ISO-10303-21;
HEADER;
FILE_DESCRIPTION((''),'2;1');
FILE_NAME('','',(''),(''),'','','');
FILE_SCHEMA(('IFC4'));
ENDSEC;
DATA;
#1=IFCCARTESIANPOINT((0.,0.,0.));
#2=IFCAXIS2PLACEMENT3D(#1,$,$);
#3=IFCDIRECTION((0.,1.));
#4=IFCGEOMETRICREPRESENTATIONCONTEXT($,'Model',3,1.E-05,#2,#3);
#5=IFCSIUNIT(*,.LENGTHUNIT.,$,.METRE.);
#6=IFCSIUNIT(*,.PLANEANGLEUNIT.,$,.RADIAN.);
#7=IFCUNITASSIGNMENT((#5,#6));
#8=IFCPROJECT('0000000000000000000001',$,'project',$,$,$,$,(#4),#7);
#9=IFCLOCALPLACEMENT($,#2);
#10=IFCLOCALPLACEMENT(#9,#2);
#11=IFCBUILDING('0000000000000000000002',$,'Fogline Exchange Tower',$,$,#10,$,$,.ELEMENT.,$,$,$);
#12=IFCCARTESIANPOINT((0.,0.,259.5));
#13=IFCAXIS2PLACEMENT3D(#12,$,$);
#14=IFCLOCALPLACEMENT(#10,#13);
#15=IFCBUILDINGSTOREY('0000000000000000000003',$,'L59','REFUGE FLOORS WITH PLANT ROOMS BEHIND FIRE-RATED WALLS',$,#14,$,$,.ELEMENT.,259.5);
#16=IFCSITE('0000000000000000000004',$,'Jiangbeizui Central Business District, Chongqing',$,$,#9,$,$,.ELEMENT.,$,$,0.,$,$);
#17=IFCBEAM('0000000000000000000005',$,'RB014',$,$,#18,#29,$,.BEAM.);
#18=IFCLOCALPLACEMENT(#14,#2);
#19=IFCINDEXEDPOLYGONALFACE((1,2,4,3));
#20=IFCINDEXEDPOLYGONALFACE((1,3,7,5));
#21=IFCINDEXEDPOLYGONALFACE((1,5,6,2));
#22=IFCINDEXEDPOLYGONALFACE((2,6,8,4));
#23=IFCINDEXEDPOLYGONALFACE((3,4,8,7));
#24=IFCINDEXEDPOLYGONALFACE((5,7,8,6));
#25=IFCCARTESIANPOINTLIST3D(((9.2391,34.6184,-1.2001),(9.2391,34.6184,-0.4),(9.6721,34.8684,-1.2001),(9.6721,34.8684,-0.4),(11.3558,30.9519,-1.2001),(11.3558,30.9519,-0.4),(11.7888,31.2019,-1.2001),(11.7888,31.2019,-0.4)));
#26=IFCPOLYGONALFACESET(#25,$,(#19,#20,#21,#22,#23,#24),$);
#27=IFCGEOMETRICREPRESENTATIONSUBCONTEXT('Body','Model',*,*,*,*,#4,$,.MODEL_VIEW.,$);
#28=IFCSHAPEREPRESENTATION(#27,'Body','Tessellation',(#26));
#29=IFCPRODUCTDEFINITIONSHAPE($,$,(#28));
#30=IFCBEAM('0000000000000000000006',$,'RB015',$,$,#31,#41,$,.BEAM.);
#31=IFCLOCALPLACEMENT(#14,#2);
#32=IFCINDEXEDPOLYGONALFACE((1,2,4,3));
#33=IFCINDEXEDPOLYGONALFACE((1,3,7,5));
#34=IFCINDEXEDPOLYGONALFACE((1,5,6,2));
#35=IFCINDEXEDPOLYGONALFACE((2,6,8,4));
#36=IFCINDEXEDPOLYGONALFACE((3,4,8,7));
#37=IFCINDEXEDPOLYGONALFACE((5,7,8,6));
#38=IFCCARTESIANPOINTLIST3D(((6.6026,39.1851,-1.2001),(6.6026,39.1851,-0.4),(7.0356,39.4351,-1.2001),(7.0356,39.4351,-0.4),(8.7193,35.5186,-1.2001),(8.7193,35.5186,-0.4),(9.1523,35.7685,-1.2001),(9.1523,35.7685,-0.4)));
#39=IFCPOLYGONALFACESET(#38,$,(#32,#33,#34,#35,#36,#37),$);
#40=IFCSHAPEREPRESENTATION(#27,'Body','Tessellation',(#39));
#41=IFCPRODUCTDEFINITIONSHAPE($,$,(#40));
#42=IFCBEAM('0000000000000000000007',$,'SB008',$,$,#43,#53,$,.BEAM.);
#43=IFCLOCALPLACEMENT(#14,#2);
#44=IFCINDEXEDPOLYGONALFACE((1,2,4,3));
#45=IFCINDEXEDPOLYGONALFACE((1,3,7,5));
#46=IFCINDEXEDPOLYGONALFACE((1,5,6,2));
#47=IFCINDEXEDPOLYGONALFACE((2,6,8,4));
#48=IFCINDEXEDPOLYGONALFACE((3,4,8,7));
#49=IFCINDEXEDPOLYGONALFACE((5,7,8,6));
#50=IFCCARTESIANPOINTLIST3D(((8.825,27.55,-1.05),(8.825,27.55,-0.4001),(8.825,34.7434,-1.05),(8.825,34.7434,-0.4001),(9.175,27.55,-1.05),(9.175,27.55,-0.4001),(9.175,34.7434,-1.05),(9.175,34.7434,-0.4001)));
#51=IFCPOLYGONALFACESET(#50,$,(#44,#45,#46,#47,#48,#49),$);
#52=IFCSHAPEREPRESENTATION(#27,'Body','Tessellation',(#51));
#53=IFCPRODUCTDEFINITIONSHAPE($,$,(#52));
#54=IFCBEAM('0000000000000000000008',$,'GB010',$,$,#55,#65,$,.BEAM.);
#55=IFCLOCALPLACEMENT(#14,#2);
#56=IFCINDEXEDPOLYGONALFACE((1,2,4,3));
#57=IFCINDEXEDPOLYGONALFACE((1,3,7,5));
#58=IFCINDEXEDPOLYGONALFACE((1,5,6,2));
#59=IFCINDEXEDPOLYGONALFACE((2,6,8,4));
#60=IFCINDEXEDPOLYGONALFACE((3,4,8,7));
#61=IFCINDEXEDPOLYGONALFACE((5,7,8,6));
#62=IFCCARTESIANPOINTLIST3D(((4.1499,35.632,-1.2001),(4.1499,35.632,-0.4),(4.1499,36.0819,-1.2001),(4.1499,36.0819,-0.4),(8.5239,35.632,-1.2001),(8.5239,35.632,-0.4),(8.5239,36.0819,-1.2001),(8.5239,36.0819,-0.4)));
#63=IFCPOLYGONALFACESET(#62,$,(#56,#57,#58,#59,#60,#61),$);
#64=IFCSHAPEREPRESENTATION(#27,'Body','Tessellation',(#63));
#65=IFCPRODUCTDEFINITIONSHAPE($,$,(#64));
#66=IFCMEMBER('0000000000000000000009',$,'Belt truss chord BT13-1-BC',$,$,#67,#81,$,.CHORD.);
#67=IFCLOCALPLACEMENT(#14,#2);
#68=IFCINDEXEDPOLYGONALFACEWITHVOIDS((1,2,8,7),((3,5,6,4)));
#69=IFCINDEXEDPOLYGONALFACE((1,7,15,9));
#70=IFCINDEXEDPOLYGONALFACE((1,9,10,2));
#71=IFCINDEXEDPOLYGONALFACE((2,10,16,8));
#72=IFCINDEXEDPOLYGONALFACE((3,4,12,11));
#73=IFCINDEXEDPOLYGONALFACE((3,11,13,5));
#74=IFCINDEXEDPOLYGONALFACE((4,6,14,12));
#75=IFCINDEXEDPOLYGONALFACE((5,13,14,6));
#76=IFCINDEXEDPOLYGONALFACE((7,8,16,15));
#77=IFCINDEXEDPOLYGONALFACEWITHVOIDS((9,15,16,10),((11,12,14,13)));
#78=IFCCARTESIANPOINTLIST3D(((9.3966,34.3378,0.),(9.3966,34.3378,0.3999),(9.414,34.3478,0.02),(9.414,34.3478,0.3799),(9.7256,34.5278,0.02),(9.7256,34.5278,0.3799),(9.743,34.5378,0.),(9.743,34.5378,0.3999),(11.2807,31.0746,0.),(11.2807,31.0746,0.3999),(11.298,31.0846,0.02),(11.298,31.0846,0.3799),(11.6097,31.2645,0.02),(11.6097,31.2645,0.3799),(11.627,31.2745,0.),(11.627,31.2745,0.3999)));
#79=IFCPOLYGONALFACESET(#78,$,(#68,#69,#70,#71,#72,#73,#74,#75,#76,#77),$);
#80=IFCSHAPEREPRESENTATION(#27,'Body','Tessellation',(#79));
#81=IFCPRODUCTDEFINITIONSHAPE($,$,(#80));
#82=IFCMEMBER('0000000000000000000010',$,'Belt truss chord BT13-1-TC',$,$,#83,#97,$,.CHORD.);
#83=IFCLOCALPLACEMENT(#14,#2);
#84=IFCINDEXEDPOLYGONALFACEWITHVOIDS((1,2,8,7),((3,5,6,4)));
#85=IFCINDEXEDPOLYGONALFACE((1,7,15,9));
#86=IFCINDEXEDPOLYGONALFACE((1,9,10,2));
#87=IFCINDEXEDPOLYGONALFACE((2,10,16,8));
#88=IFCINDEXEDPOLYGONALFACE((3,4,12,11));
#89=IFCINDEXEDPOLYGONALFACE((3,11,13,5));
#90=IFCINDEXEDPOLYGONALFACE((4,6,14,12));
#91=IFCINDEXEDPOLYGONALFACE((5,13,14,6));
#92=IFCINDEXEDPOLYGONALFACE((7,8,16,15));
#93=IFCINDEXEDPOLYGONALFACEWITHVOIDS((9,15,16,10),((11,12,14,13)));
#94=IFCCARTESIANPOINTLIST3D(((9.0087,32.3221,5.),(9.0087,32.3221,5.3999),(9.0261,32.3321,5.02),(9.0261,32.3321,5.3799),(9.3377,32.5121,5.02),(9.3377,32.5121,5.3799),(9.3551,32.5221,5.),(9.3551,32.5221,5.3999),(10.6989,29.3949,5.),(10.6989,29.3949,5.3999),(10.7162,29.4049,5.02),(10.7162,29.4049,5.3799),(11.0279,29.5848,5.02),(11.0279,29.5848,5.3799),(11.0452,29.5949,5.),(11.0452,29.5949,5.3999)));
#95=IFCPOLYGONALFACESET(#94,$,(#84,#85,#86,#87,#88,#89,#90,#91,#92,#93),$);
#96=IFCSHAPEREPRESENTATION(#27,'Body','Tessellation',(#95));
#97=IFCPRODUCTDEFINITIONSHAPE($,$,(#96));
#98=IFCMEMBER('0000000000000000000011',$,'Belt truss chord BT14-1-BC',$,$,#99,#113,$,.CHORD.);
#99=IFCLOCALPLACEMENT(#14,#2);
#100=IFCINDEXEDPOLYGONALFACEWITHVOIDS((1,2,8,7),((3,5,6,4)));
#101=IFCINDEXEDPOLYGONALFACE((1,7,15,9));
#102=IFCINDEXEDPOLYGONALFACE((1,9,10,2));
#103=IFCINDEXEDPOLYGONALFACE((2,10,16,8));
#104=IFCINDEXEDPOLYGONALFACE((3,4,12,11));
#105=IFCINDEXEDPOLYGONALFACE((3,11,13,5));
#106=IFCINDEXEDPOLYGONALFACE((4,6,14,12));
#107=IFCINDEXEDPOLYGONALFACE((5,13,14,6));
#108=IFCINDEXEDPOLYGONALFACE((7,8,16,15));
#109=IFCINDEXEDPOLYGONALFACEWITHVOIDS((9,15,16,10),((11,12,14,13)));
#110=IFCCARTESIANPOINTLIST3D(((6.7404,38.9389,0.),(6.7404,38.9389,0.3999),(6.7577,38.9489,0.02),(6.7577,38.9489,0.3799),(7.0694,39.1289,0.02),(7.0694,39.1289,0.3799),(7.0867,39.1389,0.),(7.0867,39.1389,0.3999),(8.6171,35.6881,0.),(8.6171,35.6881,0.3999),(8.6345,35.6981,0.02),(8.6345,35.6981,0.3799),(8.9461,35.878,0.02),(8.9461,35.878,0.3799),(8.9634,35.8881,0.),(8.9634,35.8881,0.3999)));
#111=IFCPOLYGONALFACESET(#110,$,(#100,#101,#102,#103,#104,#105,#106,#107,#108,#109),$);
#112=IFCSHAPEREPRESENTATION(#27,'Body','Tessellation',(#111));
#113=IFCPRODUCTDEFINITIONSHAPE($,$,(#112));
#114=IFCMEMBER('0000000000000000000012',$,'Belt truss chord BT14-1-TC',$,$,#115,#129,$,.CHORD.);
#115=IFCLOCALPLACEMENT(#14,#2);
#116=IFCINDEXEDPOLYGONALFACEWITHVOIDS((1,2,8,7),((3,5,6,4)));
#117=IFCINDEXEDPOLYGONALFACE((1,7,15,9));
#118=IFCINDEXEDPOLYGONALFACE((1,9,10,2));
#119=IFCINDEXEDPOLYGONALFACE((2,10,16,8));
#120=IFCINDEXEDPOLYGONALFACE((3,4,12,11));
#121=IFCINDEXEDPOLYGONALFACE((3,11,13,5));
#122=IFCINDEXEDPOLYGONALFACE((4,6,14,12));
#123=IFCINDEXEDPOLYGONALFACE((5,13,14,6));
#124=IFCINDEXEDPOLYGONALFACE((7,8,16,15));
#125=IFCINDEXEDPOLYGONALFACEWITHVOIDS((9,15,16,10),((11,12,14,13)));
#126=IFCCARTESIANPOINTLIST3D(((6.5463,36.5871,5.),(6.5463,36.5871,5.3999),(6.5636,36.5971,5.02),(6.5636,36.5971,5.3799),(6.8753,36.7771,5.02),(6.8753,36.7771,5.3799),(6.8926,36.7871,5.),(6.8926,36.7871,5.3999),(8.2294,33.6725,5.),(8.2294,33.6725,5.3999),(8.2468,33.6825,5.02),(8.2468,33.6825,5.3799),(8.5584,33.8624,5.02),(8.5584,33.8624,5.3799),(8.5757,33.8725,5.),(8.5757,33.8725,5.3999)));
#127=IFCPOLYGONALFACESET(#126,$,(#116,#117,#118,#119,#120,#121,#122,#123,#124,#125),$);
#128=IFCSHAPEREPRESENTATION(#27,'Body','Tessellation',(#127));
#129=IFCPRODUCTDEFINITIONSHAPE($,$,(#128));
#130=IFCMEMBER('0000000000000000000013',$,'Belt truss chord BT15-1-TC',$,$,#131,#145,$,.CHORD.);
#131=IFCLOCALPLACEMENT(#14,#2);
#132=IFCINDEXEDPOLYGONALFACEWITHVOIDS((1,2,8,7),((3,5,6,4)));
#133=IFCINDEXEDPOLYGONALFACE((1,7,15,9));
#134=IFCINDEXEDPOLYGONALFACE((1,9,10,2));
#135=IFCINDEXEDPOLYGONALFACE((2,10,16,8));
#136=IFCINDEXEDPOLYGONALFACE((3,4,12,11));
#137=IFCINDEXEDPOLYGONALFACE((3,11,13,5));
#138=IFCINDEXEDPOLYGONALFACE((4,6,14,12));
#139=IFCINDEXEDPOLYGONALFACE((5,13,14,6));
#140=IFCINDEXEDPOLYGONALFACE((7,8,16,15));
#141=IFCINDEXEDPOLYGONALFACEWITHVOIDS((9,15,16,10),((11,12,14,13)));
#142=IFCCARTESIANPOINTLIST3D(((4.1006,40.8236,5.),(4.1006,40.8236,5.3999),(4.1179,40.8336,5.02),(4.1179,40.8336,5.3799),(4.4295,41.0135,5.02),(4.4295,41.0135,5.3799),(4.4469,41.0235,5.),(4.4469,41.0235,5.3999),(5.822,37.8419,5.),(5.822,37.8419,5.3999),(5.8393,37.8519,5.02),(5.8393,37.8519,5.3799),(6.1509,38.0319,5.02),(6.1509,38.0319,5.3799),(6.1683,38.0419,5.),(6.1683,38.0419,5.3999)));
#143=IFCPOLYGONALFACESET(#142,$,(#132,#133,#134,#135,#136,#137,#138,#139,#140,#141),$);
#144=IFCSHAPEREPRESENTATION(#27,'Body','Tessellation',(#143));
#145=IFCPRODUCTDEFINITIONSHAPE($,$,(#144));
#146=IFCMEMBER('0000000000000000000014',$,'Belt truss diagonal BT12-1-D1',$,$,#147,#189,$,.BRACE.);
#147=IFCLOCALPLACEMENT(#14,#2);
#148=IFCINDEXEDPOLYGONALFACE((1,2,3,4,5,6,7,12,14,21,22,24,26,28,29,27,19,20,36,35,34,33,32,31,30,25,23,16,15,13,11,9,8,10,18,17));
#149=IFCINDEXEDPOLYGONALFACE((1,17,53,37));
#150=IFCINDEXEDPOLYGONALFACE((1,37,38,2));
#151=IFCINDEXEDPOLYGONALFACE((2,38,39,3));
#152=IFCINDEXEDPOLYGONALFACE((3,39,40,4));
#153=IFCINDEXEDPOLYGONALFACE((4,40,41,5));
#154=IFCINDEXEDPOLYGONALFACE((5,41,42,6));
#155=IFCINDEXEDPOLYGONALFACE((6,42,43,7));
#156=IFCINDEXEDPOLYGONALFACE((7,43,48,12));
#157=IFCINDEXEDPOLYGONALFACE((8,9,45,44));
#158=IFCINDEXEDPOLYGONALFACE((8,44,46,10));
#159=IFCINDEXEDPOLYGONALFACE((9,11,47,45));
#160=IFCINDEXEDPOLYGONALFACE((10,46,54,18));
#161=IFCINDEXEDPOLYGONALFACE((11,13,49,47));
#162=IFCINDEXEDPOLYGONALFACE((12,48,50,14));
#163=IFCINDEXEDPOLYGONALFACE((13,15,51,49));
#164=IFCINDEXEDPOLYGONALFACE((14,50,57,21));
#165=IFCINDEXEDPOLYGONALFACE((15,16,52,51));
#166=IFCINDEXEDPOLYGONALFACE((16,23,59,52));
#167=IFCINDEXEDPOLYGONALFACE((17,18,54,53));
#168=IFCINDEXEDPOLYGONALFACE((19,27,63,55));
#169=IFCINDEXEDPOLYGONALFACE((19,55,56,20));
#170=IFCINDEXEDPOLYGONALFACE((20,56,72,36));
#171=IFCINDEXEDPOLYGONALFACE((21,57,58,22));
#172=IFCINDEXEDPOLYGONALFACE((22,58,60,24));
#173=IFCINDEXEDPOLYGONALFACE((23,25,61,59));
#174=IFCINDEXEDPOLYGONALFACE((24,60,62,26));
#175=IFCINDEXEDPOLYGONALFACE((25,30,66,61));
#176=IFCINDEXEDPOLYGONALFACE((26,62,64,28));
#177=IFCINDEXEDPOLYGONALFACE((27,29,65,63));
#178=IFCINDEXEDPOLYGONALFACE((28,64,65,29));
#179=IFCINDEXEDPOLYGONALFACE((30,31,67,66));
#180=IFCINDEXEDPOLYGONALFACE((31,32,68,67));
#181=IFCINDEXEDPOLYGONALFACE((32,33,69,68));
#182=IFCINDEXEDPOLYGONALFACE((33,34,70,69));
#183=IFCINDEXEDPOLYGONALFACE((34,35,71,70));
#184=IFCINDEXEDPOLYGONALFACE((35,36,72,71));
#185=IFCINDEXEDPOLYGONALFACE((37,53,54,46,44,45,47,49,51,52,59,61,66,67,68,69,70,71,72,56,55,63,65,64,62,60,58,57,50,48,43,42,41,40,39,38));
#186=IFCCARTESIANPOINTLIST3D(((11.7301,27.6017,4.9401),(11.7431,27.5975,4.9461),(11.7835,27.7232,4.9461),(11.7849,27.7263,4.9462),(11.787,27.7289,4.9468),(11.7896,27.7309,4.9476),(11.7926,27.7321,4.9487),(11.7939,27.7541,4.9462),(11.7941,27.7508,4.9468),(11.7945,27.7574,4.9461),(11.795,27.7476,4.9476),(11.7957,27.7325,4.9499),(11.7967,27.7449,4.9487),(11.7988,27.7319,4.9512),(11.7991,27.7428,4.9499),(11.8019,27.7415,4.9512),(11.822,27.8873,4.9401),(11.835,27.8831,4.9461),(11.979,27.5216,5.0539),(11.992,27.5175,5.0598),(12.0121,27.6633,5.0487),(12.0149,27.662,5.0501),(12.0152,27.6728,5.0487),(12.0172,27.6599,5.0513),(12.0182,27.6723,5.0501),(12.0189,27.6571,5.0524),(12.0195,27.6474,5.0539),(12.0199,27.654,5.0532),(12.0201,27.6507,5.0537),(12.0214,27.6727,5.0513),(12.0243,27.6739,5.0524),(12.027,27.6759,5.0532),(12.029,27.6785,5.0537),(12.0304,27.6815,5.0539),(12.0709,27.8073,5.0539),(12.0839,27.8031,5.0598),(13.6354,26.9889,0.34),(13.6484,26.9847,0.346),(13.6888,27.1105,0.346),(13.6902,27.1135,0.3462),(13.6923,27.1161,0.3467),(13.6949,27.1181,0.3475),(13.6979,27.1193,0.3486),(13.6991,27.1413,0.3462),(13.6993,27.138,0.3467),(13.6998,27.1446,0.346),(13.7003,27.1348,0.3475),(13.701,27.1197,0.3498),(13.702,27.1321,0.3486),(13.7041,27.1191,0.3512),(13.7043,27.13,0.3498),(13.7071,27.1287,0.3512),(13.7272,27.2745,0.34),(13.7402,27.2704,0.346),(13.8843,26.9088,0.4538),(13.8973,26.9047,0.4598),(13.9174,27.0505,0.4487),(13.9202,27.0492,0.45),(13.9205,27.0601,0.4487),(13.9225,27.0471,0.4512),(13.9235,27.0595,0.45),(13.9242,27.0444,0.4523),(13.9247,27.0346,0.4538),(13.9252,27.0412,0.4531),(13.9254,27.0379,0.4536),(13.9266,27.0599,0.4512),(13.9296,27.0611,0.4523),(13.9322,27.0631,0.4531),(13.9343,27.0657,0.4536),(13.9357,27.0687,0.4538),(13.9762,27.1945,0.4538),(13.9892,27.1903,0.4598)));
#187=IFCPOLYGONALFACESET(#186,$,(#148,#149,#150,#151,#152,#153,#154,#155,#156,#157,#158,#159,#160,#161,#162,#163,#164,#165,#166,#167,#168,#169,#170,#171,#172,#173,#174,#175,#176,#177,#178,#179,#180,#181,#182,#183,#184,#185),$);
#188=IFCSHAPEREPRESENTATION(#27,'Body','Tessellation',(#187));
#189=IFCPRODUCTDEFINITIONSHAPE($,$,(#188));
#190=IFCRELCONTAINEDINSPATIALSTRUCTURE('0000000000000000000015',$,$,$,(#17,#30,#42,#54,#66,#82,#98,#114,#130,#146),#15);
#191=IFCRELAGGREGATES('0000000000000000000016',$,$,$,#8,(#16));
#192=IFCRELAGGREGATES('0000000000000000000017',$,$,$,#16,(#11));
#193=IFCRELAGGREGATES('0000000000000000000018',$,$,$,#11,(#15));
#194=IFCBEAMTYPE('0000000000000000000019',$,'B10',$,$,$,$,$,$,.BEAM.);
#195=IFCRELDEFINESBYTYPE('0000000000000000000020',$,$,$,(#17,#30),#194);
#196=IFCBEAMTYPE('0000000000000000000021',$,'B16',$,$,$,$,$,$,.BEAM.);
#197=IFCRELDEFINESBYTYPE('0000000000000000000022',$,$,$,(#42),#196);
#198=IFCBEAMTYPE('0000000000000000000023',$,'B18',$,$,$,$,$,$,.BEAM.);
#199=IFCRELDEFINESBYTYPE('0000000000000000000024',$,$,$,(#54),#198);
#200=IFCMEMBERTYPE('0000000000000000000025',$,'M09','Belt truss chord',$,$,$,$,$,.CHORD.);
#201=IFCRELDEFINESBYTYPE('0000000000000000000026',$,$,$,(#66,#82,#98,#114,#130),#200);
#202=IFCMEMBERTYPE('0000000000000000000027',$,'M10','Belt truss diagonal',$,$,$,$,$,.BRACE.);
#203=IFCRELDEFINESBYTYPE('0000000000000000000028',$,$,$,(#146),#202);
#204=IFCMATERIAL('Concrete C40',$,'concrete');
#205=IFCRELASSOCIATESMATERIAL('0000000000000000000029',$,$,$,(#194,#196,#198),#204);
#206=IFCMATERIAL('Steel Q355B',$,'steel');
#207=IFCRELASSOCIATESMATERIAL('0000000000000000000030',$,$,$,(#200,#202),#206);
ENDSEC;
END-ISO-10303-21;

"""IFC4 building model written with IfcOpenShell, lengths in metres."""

from ifc_helpers import new_model, si_unit, direction, frame, origin, origin_2d, place, context, subcontext, project, spatial, rectangle, hollow_rectangle, i_section, extrude, material, material_profile, profile_set, type_object, element, save


model = new_model("IFC4")

# Units and contexts
model_context = context("Model", 3, precision=1e-05, world=origin(), true_north=direction((0.0, 1.0)))
body_context = subcontext(model_context, "Body", "Model", "MODEL_VIEW")
ifc_project = project(units=[si_unit("LENGTHUNIT", "METRE"), si_unit("PLANEANGLEUNIT", "RADIAN")], contexts=[model_context])

# Site, building, storey
site_placement = place(None, origin())
site = spatial("IfcSite", under=ifc_project, at=site_placement, Name="Jiangbeizui Central Business District, Chongqing", CompositionType="ELEMENT", RefElevation=0.0)
building_placement = place(site_placement, origin())
building = spatial("IfcBuilding", under=site, at=building_placement, Name="Fogline Exchange Tower", CompositionType="ELEMENT")
storey_placement = place(building_placement, frame((0.0, 0.0, 259.5)))
storey = spatial("IfcBuildingStorey", under=building, at=storey_placement, Name="L59", Description="REFUGE FLOORS WITH PLANT ROOMS BEHIND FIRE-RATED WALLS", CompositionType="ELEMENT", Elevation=259.5)

# Beams
ifc_material_1 = material(Name="Concrete C40", Category="concrete")
ifc_material_profile_1 = material_profile(ifc_material_1, rectangle(XDim=0.5, YDim=0.8, at=origin_2d()), Name="RC 500x800")
ifc_profile_set_1 = profile_set([ifc_material_profile_1], Name="Concrete C40")
beam_type_1 = type_object("IfcBeamType", Name="B10", PredefinedType="BEAM", material=ifc_profile_set_1)
for number, where, z_axis, x_axis, name in (
    (1, (11.5723, 31.0769, -0.8), (-0.499972, 0.866042, 0.0), (-0.866042, -0.499972, 0.0), "RB014"),
    (2, (8.9358, 35.6436, -0.8), (-0.499972, 0.866042, 0.0), (-0.866042, -0.499972, 0.0), "RB015"),
):
    element("IfcBeam", number, at=place(storey_placement, frame(where, z_axis=z_axis, x_axis=x_axis)), inside=storey, type_object=beam_type_1, Name=name, PredefinedType="BEAM", context=body_context, shape_type="SweptSolid", body=[
        extrude(rectangle(XDim=0.5, YDim=0.8, at=origin_2d()), origin(), (0.0, 0.0, 1.0), 4.2336),
    ])
ifc_material_profile_2 = material_profile(ifc_material_1, rectangle(XDim=0.3501, YDim=0.6499, at=origin_2d()), Name="RC 350x650")
ifc_profile_set_2 = profile_set([ifc_material_profile_2], Name="Concrete C40")
beam_type_2 = type_object("IfcBeamType", Name="B16", PredefinedType="BEAM", material=ifc_profile_set_2)
beam_1_placement = place(storey_placement, frame((9.0, 27.55, -0.7251), z_axis=(0.0, 1.0, 0.0), x_axis=(-1.0, 0.0, 0.0)))
element("IfcBeam", 3, at=beam_1_placement, inside=storey, type_object=beam_type_2, Name="SB008", PredefinedType="BEAM", context=body_context, shape_type="SweptSolid", body=[
    extrude(rectangle(XDim=0.3501, YDim=0.6499, at=origin_2d()), origin(), (0.0, 0.0, 1.0), 7.1934),
])
ifc_material_profile_3 = material_profile(ifc_material_1, rectangle(XDim=0.45, YDim=0.8, at=origin_2d()), Name="RC 450x800")
ifc_profile_set_3 = profile_set([ifc_material_profile_3], Name="Concrete C40")
beam_type_3 = type_object("IfcBeamType", Name="B18", PredefinedType="BEAM", material=ifc_profile_set_3)
beam_2_placement = place(storey_placement, frame((4.1499, 35.8569, -0.8), z_axis=(1.0, 0.0, 0.0), x_axis=(0.0, 1.0, 0.0)))
element("IfcBeam", 4, at=beam_2_placement, inside=storey, type_object=beam_type_3, Name="GB010", PredefinedType="BEAM", context=body_context, shape_type="SweptSolid", body=[
    extrude(rectangle(XDim=0.45, YDim=0.8, at=origin_2d()), origin(), (0.0, 0.0, 1.0), 4.374),
])

# Members
ifc_material_2 = material(Name="Steel Q355B", Category="steel")
ifc_material_profile_4 = material_profile(ifc_material_2, hollow_rectangle(XDim=0.3999, YDim=0.3999, WallThickness=0.02, at=origin_2d()), Name="BOX400X400X20")
ifc_profile_set_4 = profile_set([ifc_material_profile_4], Name="Steel Q355B")
member_type_1 = type_object("IfcMemberType", Name="M09", Description="Belt truss chord", PredefinedType="CHORD", material=ifc_profile_set_4)
member_1_placement = place(storey_placement, frame((11.4539, 31.1746, 0.2), z_axis=(-0.500007, 0.866022, 0.0), x_axis=(-0.866022, -0.500007, 0.0)))
element("IfcMember", 5, at=member_1_placement, inside=storey, type_object=member_type_1, Name="Belt truss chord BT13-1-BC", PredefinedType="CHORD", context=body_context, shape_type="SweptSolid", body=[
    extrude(hollow_rectangle(XDim=0.3999, YDim=0.3999, WallThickness=0.02, at=origin_2d()), origin(), (0.0, 0.0, 1.0), 3.7681),
])
member_2_placement = place(storey_placement, frame((10.8721, 29.4949, 5.2), z_axis=(-0.500031, 0.866008, 0.0), x_axis=(-0.866008, -0.500031, 0.0)))
element("IfcMember", 6, at=member_2_placement, inside=storey, type_object=member_type_1, Name="Belt truss chord BT13-1-TC", PredefinedType="CHORD", context=body_context, shape_type="SweptSolid", body=[
    extrude(hollow_rectangle(XDim=0.3999, YDim=0.3999, WallThickness=0.02, at=origin_2d()), origin(), (0.0, 0.0, 1.0), 3.3801),
])
member_3_placement = place(storey_placement, frame((8.7903, 35.7881, 0.2), z_axis=(-0.49998, 0.866037, 0.0), x_axis=(-0.866037, -0.49998, 0.0)))
element("IfcMember", 7, at=member_3_placement, inside=storey, type_object=member_type_1, Name="Belt truss chord BT14-1-BC", PredefinedType="CHORD", context=body_context, shape_type="SweptSolid", body=[
    extrude(hollow_rectangle(XDim=0.3999, YDim=0.3999, WallThickness=0.02, at=origin_2d()), origin(), (0.0, 0.0, 1.0), 3.7537),
])
member_4_placement = place(storey_placement, frame((8.4026, 33.7725, 5.2), z_axis=(-0.500087, 0.865975, 0.0), x_axis=(-0.865975, -0.500087, 0.0)))
element("IfcMember", 8, at=member_4_placement, inside=storey, type_object=member_type_1, Name="Belt truss chord BT14-1-TC", PredefinedType="CHORD", context=body_context, shape_type="SweptSolid", body=[
    extrude(hollow_rectangle(XDim=0.3999, YDim=0.3999, WallThickness=0.02, at=origin_2d()), origin(), (0.0, 0.0, 1.0), 3.3657),
])
member_5_placement = place(storey_placement, frame((5.9951, 37.9419, 5.2), z_axis=(-0.49999, 0.866031, 0.0), x_axis=(-0.866031, -0.49999, 0.0)))
element("IfcMember", 9, at=member_5_placement, inside=storey, type_object=member_type_1, Name="Belt truss chord BT15-1-TC", PredefinedType="CHORD", context=body_context, shape_type="SweptSolid", body=[
    extrude(hollow_rectangle(XDim=0.3999, YDim=0.3999, WallThickness=0.02, at=origin_2d()), origin(), (0.0, 0.0, 1.0), 3.4429),
])
ifc_material_profile_5 = material_profile(ifc_material_2, i_section(OverallWidth=0.3, OverallDepth=0.3, WebThickness=0.01, FlangeThickness=0.0149, FilletRadius=0.0129, at=origin_2d()), Name="HW300X300X10X15")
ifc_profile_set_5 = profile_set([ifc_material_profile_5], Name="Steel Q355B")
member_type_2 = type_object("IfcMemberType", Name="M10", Description="Belt truss diagonal", PredefinedType="BRACE", material=ifc_profile_set_5)
member_6_placement = place(storey_placement, frame((13.8123, 27.0896, 0.3999), z_axis=(-0.379792, 0.122153, 0.916971), x_axis=(-0.306183, -0.951973, 0.0)))
element("IfcMember", 10, at=member_6_placement, inside=storey, type_object=member_type_2, Name="Belt truss diagonal BT12-1-D1", PredefinedType="BRACE", context=body_context, shape_type="SweptSolid", body=[
    extrude(i_section(OverallWidth=0.3, OverallDepth=0.3, WebThickness=0.01, FlangeThickness=0.0149, FilletRadius=0.0129, at=origin_2d()), origin(), (0.0, 0.0, 1.0), 5.0166),
])

save(model, "model.ifc")
